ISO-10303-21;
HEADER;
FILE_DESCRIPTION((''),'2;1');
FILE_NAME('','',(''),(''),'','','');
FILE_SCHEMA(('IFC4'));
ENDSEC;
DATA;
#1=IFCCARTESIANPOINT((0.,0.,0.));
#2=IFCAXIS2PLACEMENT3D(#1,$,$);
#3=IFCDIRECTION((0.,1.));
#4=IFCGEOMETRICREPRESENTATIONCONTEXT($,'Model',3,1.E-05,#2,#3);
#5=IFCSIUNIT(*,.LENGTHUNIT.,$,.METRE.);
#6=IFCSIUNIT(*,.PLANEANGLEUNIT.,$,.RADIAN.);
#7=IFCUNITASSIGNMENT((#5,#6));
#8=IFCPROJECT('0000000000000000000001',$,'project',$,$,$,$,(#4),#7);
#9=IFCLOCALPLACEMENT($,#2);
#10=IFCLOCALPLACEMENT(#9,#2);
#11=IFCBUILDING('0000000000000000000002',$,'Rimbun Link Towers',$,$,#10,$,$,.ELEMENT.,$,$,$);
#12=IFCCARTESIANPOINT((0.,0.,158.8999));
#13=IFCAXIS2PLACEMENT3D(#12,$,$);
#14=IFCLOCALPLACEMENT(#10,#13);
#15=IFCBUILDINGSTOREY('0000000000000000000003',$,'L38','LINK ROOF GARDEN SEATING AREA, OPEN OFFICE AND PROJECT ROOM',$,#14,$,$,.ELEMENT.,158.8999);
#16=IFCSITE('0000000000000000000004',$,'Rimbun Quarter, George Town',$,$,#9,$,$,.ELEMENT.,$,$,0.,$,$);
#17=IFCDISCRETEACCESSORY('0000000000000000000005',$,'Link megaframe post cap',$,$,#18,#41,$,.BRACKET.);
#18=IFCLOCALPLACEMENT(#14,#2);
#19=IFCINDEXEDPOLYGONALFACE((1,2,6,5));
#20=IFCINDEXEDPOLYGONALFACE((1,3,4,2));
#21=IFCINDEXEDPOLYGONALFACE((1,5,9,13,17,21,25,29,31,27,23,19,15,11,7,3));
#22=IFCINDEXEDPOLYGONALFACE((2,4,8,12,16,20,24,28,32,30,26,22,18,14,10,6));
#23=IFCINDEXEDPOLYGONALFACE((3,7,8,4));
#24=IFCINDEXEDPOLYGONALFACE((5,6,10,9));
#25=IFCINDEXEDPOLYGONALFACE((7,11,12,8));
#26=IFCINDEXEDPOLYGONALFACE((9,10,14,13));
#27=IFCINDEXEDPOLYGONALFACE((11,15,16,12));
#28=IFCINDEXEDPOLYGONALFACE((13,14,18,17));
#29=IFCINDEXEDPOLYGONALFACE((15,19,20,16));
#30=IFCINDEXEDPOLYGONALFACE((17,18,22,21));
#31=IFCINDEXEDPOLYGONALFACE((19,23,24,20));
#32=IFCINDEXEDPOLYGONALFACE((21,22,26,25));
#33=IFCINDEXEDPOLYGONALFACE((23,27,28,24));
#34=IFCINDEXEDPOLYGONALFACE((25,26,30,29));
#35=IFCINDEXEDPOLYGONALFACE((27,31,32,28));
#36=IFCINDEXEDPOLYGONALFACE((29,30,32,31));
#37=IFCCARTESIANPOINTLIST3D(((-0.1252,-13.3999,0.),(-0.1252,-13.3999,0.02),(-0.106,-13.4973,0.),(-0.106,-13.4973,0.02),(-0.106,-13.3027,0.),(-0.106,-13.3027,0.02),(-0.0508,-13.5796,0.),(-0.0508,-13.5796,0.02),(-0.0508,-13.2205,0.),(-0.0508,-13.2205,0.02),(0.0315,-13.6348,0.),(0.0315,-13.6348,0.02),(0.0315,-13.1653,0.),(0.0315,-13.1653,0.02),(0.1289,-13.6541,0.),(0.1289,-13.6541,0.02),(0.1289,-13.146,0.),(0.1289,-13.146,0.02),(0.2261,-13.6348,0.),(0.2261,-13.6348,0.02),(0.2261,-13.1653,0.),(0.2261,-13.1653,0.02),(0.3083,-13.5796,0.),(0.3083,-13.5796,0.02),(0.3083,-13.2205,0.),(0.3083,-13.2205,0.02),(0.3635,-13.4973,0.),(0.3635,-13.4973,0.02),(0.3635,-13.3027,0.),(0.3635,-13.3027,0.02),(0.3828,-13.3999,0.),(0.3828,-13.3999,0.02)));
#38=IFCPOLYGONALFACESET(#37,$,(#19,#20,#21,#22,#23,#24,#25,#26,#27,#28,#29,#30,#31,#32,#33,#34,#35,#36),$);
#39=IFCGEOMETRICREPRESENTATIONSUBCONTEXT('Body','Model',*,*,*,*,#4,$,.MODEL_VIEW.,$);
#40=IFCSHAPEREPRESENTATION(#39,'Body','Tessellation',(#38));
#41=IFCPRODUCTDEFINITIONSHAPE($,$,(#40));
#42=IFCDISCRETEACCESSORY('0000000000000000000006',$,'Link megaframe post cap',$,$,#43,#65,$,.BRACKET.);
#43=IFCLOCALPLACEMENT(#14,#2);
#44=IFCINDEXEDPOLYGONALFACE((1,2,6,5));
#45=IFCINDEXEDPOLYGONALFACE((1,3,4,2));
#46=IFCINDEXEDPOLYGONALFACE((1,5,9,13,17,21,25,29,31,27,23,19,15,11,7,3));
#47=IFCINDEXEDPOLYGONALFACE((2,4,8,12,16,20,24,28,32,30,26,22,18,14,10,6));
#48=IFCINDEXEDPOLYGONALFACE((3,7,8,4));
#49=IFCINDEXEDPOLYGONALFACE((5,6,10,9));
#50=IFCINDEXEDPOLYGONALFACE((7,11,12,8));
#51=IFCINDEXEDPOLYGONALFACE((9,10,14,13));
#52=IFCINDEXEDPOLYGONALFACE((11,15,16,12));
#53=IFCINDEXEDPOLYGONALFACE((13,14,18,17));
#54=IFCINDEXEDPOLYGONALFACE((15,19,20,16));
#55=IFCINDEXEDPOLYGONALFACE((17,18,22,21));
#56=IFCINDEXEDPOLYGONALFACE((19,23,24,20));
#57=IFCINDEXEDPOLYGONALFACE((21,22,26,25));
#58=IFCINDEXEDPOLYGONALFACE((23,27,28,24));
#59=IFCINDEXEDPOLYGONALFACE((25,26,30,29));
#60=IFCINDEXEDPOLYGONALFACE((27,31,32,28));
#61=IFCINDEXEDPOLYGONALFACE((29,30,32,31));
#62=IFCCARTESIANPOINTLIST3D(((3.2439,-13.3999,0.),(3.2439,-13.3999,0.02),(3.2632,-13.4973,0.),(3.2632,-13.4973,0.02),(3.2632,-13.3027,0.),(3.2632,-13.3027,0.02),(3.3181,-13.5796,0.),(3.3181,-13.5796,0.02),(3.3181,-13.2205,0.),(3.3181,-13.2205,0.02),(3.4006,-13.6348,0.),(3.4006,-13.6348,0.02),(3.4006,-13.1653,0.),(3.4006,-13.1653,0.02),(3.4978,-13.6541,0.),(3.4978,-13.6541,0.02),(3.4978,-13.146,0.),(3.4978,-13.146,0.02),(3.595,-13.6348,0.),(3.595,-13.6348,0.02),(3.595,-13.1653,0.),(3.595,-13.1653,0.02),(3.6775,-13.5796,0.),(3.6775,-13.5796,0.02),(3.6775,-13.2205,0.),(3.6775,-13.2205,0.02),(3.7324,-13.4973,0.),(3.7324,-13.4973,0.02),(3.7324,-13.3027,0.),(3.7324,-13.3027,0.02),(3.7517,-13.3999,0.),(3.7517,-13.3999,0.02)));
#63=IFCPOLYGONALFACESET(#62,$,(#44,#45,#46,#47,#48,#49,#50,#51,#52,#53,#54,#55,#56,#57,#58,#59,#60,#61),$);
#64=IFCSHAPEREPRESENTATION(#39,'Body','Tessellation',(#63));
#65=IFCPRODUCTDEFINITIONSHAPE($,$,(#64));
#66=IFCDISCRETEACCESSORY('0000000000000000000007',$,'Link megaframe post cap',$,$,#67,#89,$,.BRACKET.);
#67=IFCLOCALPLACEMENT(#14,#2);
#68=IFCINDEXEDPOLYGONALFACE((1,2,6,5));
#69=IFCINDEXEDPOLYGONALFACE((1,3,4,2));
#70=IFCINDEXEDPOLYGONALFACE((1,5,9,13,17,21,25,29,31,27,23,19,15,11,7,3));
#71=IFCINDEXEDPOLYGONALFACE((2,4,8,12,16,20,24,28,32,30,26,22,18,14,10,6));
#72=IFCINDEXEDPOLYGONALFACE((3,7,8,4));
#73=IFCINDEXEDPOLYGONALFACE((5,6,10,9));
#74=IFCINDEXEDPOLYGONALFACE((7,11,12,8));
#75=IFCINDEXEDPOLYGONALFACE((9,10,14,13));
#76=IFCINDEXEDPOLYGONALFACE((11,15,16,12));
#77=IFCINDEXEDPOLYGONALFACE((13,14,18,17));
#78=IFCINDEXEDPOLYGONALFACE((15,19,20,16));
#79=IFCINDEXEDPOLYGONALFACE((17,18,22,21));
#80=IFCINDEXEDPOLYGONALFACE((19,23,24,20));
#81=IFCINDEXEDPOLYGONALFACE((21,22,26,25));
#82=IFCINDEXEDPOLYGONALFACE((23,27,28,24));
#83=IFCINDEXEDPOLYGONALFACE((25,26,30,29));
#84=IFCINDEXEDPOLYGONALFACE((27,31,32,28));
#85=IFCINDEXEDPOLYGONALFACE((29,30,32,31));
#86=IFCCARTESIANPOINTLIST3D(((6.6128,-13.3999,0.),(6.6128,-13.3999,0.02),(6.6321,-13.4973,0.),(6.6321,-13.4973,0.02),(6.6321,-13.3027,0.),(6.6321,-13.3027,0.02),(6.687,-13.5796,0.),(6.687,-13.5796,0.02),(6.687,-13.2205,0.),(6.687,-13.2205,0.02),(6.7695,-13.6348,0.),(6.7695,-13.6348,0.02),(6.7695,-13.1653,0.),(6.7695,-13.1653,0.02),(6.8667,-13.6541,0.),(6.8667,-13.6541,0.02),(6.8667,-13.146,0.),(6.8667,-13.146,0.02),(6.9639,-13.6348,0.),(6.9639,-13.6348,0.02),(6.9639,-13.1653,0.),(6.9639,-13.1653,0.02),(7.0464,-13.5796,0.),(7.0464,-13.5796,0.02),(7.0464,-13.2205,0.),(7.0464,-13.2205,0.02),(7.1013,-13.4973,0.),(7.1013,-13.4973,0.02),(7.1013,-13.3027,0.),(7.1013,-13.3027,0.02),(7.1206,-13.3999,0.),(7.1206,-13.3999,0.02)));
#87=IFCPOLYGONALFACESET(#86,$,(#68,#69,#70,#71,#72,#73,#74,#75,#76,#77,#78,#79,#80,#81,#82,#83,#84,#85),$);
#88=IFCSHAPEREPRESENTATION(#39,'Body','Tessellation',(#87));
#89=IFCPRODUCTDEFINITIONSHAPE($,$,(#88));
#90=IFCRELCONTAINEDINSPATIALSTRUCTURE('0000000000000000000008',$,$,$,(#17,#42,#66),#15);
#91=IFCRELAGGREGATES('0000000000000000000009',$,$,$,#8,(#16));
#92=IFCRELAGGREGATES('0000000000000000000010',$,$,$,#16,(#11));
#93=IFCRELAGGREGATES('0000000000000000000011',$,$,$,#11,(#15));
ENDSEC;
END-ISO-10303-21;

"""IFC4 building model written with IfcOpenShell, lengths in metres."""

from ifc_helpers import new_model, si_unit, direction, frame, origin, place, context, subcontext, project, spatial, polyline, outline, extrude, element, save


model = new_model("IFC4")

# Units and contexts
model_context = context("Model", 3, precision=1e-05, world=origin(), true_north=direction((0.0, 1.0)))
body_context = subcontext(model_context, "Body", "Model", "MODEL_VIEW")
ifc_project = project(units=[si_unit("LENGTHUNIT", "METRE"), si_unit("PLANEANGLEUNIT", "RADIAN")], contexts=[model_context])

# Site, building, storey
site_placement = place(None, origin())
site = spatial("IfcSite", under=ifc_project, at=site_placement, Name="Rimbun Quarter, George Town", CompositionType="ELEMENT", RefElevation=0.0)
building_placement = place(site_placement, origin())
building = spatial("IfcBuilding", under=site, at=building_placement, Name="Rimbun Link Towers", CompositionType="ELEMENT")
storey_placement = place(building_placement, frame((0.0, 0.0, 158.8999)))
storey = spatial("IfcBuildingStorey", under=building, at=storey_placement, Name="L38", Description="LINK ROOF GARDEN SEATING AREA, OPEN OFFICE AND PROJECT ROOM", CompositionType="ELEMENT", Elevation=158.8999)

# Discrete accessories
discrete_accessory_1_placement = place(storey_placement, origin())
element("IfcDiscreteAccessory", 1, at=discrete_accessory_1_placement, inside=storey, Name="Link megaframe post cap", PredefinedType="BRACKET", context=body_context, shape_type="SweptSolid", body=[
    extrude(outline(polyline([(0.3828, -13.3999), (0.3635, -13.3027), (0.3083, -13.2205), (0.2261, -13.1653), (0.1289, -13.146), (0.0315, -13.1653), (-0.0508, -13.2205), (-0.106, -13.3027), (-0.1252, -13.3999), (-0.106, -13.4973), (-0.0508, -13.5796), (0.0315, -13.6348), (0.1289, -13.6541), (0.2261, -13.6348), (0.3083, -13.5796), (0.3635, -13.4973), (0.3828, -13.3999)])), origin(), (0.0, 0.0, 1.0), 0.02),
])
discrete_accessory_2_placement = place(storey_placement, origin())
element("IfcDiscreteAccessory", 2, at=discrete_accessory_2_placement, inside=storey, Name="Link megaframe post cap", PredefinedType="BRACKET", context=body_context, shape_type="SweptSolid", body=[
    extrude(outline(polyline([(3.7517, -13.3999), (3.7324, -13.3027), (3.6775, -13.2205), (3.595, -13.1653), (3.4978, -13.146), (3.4006, -13.1653), (3.3181, -13.2205), (3.2632, -13.3027), (3.2439, -13.3999), (3.2632, -13.4973), (3.3181, -13.5796), (3.4006, -13.6348), (3.4978, -13.6541), (3.595, -13.6348), (3.6775, -13.5796), (3.7324, -13.4973), (3.7517, -13.3999)])), origin(), (0.0, 0.0, 1.0), 0.02),
])
discrete_accessory_3_placement = place(storey_placement, origin())
element("IfcDiscreteAccessory", 3, at=discrete_accessory_3_placement, inside=storey, Name="Link megaframe post cap", PredefinedType="BRACKET", context=body_context, shape_type="SweptSolid", body=[
    extrude(outline(polyline([(7.1206, -13.3999), (7.1013, -13.3027), (7.0464, -13.2205), (6.9639, -13.1653), (6.8667, -13.146), (6.7695, -13.1653), (6.687, -13.2205), (6.6321, -13.3027), (6.6128, -13.3999), (6.6321, -13.4973), (6.687, -13.5796), (6.7695, -13.6348), (6.8667, -13.6541), (6.9639, -13.6348), (7.0464, -13.5796), (7.1013, -13.4973), (7.1206, -13.3999)])), origin(), (0.0, 0.0, 1.0), 0.02),
])

save(model, "model.ifc")
